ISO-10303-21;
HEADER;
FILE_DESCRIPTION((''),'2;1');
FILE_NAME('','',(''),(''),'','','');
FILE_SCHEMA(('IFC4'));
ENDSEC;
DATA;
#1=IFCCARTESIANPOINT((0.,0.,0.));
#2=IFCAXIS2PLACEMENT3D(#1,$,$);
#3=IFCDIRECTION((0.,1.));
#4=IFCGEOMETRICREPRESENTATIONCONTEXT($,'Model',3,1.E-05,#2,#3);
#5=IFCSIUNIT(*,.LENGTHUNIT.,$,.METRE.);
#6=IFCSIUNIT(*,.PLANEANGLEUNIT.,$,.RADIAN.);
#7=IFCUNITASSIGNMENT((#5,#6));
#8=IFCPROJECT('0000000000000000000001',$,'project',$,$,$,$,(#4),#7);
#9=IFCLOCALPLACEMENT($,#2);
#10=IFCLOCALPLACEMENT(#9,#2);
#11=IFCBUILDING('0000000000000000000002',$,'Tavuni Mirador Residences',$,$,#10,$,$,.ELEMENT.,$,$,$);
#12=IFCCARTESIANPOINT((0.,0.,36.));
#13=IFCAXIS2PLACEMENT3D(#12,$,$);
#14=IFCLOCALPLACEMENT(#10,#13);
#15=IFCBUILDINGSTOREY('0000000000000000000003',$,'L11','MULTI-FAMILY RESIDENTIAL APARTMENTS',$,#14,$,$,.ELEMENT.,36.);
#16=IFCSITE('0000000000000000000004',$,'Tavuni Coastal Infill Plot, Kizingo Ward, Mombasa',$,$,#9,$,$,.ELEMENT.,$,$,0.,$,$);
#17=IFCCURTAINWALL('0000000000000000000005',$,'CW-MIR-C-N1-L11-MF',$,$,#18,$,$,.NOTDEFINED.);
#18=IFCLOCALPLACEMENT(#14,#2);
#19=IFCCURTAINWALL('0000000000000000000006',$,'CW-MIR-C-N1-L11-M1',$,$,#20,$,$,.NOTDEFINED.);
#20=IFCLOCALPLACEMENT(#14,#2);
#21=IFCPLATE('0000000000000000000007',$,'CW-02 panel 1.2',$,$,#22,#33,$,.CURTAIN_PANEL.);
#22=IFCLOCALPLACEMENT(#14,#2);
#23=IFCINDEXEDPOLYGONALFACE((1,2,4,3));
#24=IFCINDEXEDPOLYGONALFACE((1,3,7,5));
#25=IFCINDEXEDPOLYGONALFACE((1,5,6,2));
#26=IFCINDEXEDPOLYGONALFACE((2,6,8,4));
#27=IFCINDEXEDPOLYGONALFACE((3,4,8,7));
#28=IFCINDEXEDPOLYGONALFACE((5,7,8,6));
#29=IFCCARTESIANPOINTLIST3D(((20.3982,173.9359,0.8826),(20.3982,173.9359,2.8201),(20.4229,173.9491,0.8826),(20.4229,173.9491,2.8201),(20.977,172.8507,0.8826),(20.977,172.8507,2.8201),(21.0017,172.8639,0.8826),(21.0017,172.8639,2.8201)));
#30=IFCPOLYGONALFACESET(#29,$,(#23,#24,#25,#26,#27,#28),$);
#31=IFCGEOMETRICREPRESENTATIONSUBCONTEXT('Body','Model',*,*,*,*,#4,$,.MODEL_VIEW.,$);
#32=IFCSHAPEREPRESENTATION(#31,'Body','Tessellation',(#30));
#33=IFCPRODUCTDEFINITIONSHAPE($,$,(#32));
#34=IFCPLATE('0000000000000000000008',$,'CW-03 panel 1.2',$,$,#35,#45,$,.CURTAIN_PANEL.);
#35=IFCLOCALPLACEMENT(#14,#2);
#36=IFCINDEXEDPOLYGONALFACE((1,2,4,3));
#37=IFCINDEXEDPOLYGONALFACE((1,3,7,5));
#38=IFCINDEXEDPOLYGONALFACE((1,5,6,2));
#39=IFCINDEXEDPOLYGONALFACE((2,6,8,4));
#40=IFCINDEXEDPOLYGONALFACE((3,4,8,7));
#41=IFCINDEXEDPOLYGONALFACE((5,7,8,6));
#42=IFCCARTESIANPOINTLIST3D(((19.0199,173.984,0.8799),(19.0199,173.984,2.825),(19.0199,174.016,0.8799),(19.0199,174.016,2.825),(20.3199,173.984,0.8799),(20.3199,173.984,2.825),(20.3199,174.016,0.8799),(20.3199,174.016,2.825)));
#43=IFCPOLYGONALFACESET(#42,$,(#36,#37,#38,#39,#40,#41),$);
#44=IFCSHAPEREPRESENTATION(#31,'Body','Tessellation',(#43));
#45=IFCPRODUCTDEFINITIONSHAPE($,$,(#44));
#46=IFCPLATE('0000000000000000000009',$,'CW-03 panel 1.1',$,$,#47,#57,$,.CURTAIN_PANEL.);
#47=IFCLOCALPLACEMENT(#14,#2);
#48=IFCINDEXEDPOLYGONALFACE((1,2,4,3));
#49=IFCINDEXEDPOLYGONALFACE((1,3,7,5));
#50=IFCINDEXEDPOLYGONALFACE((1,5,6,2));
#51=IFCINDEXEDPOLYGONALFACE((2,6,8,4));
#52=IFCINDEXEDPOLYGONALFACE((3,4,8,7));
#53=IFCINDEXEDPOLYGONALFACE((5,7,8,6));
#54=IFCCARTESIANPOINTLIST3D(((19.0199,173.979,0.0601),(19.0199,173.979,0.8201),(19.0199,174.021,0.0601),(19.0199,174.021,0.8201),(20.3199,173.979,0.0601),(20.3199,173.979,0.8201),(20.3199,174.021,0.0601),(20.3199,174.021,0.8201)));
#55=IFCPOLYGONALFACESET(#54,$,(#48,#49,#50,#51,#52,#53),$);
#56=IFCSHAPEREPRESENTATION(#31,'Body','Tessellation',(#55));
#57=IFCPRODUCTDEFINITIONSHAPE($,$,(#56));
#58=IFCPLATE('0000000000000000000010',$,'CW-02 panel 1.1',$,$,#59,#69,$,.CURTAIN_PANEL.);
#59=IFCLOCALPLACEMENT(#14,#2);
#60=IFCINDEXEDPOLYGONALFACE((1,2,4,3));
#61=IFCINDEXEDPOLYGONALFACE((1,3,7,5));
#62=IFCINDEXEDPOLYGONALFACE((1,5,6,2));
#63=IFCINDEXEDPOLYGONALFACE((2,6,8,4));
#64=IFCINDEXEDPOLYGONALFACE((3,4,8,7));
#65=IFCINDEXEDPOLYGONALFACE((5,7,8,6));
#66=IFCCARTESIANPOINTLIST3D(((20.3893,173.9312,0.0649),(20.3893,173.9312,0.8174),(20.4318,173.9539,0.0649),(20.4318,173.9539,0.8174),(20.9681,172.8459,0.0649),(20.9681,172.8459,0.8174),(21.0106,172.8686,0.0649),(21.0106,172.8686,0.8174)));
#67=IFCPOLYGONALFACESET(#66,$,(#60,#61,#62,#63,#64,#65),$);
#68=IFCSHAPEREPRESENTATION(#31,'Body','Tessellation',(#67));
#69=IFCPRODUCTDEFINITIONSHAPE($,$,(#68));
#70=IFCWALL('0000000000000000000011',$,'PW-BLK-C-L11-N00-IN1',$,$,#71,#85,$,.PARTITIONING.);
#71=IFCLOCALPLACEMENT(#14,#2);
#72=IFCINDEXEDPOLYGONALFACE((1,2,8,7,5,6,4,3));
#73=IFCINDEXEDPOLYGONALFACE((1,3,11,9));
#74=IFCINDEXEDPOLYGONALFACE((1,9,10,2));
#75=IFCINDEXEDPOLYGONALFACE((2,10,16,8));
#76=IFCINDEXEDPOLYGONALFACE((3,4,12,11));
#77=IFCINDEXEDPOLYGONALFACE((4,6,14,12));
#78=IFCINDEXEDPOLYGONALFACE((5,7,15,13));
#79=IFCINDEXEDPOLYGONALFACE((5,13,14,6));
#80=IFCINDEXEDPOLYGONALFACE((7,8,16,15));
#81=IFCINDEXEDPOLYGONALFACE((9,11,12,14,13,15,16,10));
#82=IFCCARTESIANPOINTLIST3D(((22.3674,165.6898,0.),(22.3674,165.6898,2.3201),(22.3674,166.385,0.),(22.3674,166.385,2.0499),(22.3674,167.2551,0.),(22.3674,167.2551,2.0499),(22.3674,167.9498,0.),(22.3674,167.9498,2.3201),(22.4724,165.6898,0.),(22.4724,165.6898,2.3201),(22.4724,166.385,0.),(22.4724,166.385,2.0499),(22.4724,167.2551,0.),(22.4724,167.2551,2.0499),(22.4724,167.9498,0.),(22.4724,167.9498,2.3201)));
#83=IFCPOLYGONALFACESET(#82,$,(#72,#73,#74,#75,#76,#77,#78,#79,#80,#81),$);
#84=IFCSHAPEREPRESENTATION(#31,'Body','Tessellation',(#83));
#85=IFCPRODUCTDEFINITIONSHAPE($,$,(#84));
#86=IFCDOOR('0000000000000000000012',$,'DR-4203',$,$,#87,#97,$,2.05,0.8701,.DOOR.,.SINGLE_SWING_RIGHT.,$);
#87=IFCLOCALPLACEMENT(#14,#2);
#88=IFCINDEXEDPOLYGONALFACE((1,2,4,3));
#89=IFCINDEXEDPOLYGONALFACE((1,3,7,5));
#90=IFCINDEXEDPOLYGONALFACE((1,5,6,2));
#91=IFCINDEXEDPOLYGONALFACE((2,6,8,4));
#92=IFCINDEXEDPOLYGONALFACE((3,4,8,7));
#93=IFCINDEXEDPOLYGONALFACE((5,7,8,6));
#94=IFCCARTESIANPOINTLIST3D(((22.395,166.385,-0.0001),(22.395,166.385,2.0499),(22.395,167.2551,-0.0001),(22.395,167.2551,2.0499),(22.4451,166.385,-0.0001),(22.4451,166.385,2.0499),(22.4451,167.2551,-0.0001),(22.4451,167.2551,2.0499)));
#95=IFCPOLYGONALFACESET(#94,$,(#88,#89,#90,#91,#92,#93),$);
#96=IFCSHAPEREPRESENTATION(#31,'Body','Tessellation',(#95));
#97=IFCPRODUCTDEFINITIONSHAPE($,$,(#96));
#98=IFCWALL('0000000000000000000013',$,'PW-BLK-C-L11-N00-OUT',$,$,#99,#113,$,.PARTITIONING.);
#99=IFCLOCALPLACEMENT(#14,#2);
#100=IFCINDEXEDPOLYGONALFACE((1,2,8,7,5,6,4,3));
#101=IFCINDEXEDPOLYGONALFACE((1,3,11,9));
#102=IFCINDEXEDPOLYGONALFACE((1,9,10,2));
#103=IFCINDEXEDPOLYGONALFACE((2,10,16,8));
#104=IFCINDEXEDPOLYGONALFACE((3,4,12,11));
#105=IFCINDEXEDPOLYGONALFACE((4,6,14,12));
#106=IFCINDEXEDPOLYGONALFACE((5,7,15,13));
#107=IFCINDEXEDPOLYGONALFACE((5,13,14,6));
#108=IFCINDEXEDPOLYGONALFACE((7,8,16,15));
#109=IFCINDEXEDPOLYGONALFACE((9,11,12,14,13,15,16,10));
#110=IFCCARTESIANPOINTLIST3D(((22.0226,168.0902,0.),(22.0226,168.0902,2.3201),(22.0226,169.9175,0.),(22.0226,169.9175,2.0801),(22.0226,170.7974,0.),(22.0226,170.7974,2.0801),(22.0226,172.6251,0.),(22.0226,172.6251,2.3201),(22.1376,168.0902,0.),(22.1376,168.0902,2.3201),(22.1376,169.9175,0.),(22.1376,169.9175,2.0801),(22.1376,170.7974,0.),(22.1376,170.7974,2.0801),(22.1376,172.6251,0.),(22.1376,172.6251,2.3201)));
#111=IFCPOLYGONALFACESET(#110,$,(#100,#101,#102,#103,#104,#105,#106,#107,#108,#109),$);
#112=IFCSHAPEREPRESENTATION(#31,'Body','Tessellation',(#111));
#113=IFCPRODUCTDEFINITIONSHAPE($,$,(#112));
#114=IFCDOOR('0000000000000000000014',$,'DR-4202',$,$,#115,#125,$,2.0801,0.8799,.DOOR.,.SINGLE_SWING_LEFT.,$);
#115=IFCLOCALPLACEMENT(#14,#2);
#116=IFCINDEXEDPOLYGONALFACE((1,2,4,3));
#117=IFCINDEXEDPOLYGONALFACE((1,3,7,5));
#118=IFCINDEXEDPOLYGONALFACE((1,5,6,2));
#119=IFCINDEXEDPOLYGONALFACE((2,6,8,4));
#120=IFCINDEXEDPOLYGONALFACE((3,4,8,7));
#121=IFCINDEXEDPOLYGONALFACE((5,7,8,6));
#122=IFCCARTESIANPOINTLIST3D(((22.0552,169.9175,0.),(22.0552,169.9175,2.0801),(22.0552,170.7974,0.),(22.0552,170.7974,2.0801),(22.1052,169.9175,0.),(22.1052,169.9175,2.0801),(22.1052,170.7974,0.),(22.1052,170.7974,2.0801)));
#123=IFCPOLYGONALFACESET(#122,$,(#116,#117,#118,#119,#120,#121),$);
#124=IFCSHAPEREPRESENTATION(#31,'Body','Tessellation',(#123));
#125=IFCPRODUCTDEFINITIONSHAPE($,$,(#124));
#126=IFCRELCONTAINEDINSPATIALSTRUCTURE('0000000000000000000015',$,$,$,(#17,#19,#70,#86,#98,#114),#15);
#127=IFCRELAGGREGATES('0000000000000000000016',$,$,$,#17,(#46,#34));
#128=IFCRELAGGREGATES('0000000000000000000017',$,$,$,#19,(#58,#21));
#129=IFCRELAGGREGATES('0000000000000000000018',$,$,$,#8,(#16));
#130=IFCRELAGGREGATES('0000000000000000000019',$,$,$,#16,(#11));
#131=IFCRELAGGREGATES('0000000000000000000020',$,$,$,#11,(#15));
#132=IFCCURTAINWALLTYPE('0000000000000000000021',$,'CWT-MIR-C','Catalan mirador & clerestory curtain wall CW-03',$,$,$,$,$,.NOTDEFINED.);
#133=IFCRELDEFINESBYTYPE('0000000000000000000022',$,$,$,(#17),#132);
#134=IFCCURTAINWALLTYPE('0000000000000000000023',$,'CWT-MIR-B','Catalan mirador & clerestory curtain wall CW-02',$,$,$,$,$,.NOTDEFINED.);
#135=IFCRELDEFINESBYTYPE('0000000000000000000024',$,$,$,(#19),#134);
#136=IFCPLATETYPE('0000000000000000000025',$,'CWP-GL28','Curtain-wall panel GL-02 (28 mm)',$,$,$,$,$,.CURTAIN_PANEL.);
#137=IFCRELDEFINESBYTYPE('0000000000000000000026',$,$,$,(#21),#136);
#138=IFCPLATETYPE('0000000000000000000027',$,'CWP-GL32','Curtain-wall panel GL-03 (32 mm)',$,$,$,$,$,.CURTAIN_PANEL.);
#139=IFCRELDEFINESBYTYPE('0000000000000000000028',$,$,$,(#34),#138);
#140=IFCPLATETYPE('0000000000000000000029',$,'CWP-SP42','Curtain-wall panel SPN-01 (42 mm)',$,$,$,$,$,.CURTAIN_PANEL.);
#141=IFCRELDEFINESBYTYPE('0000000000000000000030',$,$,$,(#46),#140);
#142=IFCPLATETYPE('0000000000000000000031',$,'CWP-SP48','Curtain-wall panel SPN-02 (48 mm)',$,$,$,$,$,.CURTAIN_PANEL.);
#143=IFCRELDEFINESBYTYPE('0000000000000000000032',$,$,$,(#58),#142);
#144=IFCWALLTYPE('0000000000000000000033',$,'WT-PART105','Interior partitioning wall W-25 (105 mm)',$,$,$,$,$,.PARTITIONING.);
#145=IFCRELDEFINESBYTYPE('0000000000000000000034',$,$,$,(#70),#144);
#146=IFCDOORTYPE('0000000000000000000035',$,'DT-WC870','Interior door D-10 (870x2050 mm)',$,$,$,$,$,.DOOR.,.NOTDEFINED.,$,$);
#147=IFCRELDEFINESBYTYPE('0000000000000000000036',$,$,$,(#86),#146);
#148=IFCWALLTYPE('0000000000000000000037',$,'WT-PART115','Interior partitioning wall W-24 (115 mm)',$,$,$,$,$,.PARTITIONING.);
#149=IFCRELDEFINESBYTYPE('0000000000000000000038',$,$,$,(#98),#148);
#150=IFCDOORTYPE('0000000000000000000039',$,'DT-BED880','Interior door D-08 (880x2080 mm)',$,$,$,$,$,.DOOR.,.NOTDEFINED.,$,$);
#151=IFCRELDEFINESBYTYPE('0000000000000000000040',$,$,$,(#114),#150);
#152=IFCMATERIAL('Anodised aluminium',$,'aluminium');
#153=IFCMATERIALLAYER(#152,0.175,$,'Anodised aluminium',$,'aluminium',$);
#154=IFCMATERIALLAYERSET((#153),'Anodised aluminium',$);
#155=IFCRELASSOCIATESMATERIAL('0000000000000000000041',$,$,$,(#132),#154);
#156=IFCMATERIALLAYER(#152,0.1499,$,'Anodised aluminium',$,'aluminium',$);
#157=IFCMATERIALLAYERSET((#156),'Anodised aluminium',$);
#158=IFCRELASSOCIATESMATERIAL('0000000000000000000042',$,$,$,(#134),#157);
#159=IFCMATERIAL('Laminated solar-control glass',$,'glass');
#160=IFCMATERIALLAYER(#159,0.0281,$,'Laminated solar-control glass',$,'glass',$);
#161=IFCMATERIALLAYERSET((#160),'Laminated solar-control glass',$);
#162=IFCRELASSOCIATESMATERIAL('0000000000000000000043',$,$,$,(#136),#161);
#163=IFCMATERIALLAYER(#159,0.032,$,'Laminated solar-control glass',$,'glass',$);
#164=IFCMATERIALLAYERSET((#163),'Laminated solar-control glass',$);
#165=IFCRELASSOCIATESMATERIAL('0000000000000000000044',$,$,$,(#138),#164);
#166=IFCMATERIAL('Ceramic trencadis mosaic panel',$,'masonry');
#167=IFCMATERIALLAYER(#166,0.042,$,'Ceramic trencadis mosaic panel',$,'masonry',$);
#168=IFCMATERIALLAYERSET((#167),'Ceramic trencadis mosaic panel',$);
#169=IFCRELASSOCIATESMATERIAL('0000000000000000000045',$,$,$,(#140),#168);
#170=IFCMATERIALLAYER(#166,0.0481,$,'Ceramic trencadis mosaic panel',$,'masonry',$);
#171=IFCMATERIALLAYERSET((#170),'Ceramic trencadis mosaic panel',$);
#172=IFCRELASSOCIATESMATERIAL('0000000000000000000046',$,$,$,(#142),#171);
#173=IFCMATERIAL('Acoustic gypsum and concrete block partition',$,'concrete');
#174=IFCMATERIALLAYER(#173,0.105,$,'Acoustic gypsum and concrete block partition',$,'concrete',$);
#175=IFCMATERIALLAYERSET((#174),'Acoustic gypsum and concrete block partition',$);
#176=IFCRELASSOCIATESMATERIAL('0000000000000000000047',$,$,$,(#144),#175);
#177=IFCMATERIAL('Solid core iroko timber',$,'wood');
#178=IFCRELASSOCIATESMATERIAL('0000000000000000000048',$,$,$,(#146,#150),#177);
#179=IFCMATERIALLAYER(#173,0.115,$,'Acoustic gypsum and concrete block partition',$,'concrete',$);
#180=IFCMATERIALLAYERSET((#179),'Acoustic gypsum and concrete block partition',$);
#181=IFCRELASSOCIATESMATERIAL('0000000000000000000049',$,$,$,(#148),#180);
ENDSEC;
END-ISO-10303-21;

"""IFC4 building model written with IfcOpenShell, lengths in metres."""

from ifc_helpers import new_model, si_unit, direction, frame, frame_2d, origin, origin_2d, place, context, subcontext, project, spatial, rectangle, extrude, material, layer, layer_set, type_object, element, fill, aggregate, save


model = new_model("IFC4")

# Units and contexts
model_context = context("Model", 3, precision=1e-05, world=origin(), true_north=direction((0.0, 1.0)))
body_context = subcontext(model_context, "Body", "Model", "MODEL_VIEW")
ifc_project = project(units=[si_unit("LENGTHUNIT", "METRE"), si_unit("PLANEANGLEUNIT", "RADIAN")], contexts=[model_context])

# Site, building, storey
site_placement = place(None, origin())
site = spatial("IfcSite", under=ifc_project, at=site_placement, Name="Tavuni Coastal Infill Plot, Kizingo Ward, Mombasa", CompositionType="ELEMENT", RefElevation=0.0)
building_placement = place(site_placement, origin())
building = spatial("IfcBuilding", under=site, at=building_placement, Name="Tavuni Mirador Residences", CompositionType="ELEMENT")
storey_placement = place(building_placement, frame((0.0, 0.0, 36.0)))
storey = spatial("IfcBuildingStorey", under=building, at=storey_placement, Name="L11", Description="MULTI-FAMILY RESIDENTIAL APARTMENTS", CompositionType="ELEMENT", Elevation=36.0)

# Curtain wall
ifc_material_1 = material(Name="Anodised aluminium", Category="aluminium")
ifc_layer_1 = layer(ifc_material_1, 0.175, Name="Anodised aluminium", Category="aluminium")
ifc_layer_set_1 = layer_set([ifc_layer_1], Name="Anodised aluminium")
curtain_wall_type_1 = type_object("IfcCurtainWallType", Name="CWT-MIR-C", Description="Catalan mirador & clerestory curtain wall CW-03", PredefinedType="NOTDEFINED", material=ifc_layer_set_1)
curtain_wall_1_placement = place(storey_placement, origin())
curtain_wall_1 = element("IfcCurtainWall", 1, at=curtain_wall_1_placement, inside=storey, type_object=curtain_wall_type_1, Name="CW-MIR-C-N1-L11-MF", PredefinedType="NOTDEFINED")

# Curtain wall
ifc_layer_2 = layer(ifc_material_1, 0.1499, Name="Anodised aluminium", Category="aluminium")
ifc_layer_set_2 = layer_set([ifc_layer_2], Name="Anodised aluminium")
curtain_wall_type_2 = type_object("IfcCurtainWallType", Name="CWT-MIR-B", Description="Catalan mirador & clerestory curtain wall CW-02", PredefinedType="NOTDEFINED", material=ifc_layer_set_2)
curtain_wall_2_placement = place(storey_placement, origin())
curtain_wall_2 = element("IfcCurtainWall", 2, at=curtain_wall_2_placement, inside=storey, type_object=curtain_wall_type_2, Name="CW-MIR-C-N1-L11-M1", PredefinedType="NOTDEFINED")

# Plates
ifc_material_2 = material(Name="Laminated solar-control glass", Category="glass")
ifc_layer_3 = layer(ifc_material_2, 0.0281, Name="Laminated solar-control glass", Category="glass")
ifc_layer_set_3 = layer_set([ifc_layer_3], Name="Laminated solar-control glass")
plate_type_1 = type_object("IfcPlateType", Name="CWP-GL28", Description="Curtain-wall panel GL-02 (28 mm)", PredefinedType="CURTAIN_PANEL", material=ifc_layer_set_3)
plate_1_placement = place(storey_placement, frame((20.7, 173.3999, 0.8826), z_axis=(0.0, 0.0, 1.0), x_axis=(-0.470588, 0.882353, 0.0)))
plate_1 = element("IfcPlate", 3, at=plate_1_placement, type_object=plate_type_1, Name="CW-02 panel 1.2", PredefinedType="CURTAIN_PANEL", context=body_context, shape_type="SweptSolid", body=[
    extrude(rectangle(XDim=1.23, YDim=0.0281, at=origin_2d()), origin(), (0.0, 0.0, 1.0), 1.9375),
])
ifc_layer_4 = layer(ifc_material_2, 0.032, Name="Laminated solar-control glass", Category="glass")
ifc_layer_set_4 = layer_set([ifc_layer_4], Name="Laminated solar-control glass")
plate_type_2 = type_object("IfcPlateType", Name="CWP-GL32", Description="Curtain-wall panel GL-03 (32 mm)", PredefinedType="CURTAIN_PANEL", material=ifc_layer_set_4)
plate_2_placement = place(storey_placement, frame((19.6699, 174.0, 0.8799), z_axis=(0.0, 0.0, 1.0), x_axis=(-1.0, 0.0, 0.0)))
plate_2 = element("IfcPlate", 4, at=plate_2_placement, type_object=plate_type_2, Name="CW-03 panel 1.2", PredefinedType="CURTAIN_PANEL", context=body_context, shape_type="SweptSolid", body=[
    extrude(rectangle(XDim=1.3, YDim=0.032, at=origin_2d()), origin(), (0.0, 0.0, 1.0), 1.9451),
])
ifc_material_3 = material(Name="Ceramic trencadis mosaic panel", Category="masonry")
ifc_layer_5 = layer(ifc_material_3, 0.042, Name="Ceramic trencadis mosaic panel", Category="masonry")
ifc_layer_set_5 = layer_set([ifc_layer_5], Name="Ceramic trencadis mosaic panel")
plate_type_3 = type_object("IfcPlateType", Name="CWP-SP42", Description="Curtain-wall panel SPN-01 (42 mm)", PredefinedType="CURTAIN_PANEL", material=ifc_layer_set_5)
plate_3_placement = place(storey_placement, frame((19.6699, 174.0, 0.0601), z_axis=(0.0, 0.0, 1.0), x_axis=(-1.0, 0.0, 0.0)))
plate_3 = element("IfcPlate", 5, at=plate_3_placement, type_object=plate_type_3, Name="CW-03 panel 1.1", PredefinedType="CURTAIN_PANEL", context=body_context, shape_type="SweptSolid", body=[
    extrude(rectangle(XDim=1.3, YDim=0.042, at=origin_2d()), origin(), (0.0, 0.0, 1.0), 0.76),
])
aggregate(curtain_wall_1, [plate_3, plate_2])
ifc_layer_6 = layer(ifc_material_3, 0.0481, Name="Ceramic trencadis mosaic panel", Category="masonry")
ifc_layer_set_6 = layer_set([ifc_layer_6], Name="Ceramic trencadis mosaic panel")
plate_type_4 = type_object("IfcPlateType", Name="CWP-SP48", Description="Curtain-wall panel SPN-02 (48 mm)", PredefinedType="CURTAIN_PANEL", material=ifc_layer_set_6)
plate_4_placement = place(storey_placement, frame((20.7, 173.3999, 0.0649), z_axis=(0.0, 0.0, 1.0), x_axis=(-0.470588, 0.882353, 0.0)))
plate_4 = element("IfcPlate", 6, at=plate_4_placement, type_object=plate_type_4, Name="CW-02 panel 1.1", PredefinedType="CURTAIN_PANEL", context=body_context, shape_type="SweptSolid", body=[
    extrude(rectangle(XDim=1.23, YDim=0.0481, at=origin_2d()), origin(), (0.0, 0.0, 1.0), 0.7524),
])
aggregate(curtain_wall_2, [plate_4, plate_1])

# Walls, openings, doors
ifc_material_4 = material(Name="Acoustic gypsum and concrete block partition", Category="concrete")
ifc_layer_7 = layer(ifc_material_4, 0.105, Name="Acoustic gypsum and concrete block partition", Category="concrete")
ifc_layer_set_7 = layer_set([ifc_layer_7], Name="Acoustic gypsum and concrete block partition")
wall_type_1 = type_object("IfcWallType", Name="WT-PART105", Description="Interior partitioning wall W-25 (105 mm)", PredefinedType="PARTITIONING", material=ifc_layer_set_7)
wall_1_placement = place(storey_placement, frame((22.4199, 165.6899, 0.0), z_axis=(0.0, 0.0, 1.0), x_axis=(0.0, 1.0, 0.0)))
wall_1 = element("IfcWall", 7, at=wall_1_placement, inside=storey, type_object=wall_type_1, Name="PW-BLK-C-L11-N00-IN1", PredefinedType="PARTITIONING", context=body_context, shape_type="SweptSolid", body=[
    extrude(rectangle(XDim=2.26, YDim=0.105, at=frame_2d((1.1299, 0.0))), origin(), (0.0, 0.0, 1.0), 2.3201),
])
opening_1_placement = place(wall_1_placement, frame((0.6951, 0.0, 0.0)))
opening_1 = element("IfcOpeningElement", 8, at=opening_1_placement, cuts=wall_1, PredefinedType="OPENING", context=body_context, shape_type="SweptSolid", body=[
    extrude(rectangle(XDim=0.8701, YDim=2.05, at=frame_2d((0.4351, 1.0249))), frame((0.0, 0.0625, 0.0), z_axis=(0.0, -1.0, 0.0), x_axis=(1.0, 0.0, 0.0)), (0.0, 0.0, 1.0), 0.125),
])
ifc_material_5 = material(Name="Solid core iroko timber", Category="wood")
door_type_1 = type_object("IfcDoorType", Name="DT-WC870", Description="Interior door D-10 (870x2050 mm)", OperationType="NOTDEFINED", PredefinedType="DOOR", material=ifc_material_5)
door_1_placement = place(opening_1_placement, origin())
door_1 = element("IfcDoor", 9, at=door_1_placement, inside=storey, type_object=door_type_1, Name="DR-4203", OperationType="SINGLE_SWING_RIGHT", OverallHeight=2.05, OverallWidth=0.8701, PredefinedType="DOOR", context=body_context, shape_type="SweptSolid", body=[
    extrude(rectangle(XDim=0.8701, YDim=2.05, at=frame_2d((0.4351, 1.0249))), frame((0.0, 0.0249, 0.0), z_axis=(0.0, -1.0, 0.0), x_axis=(1.0, 0.0, 0.0)), (0.0, 0.0, 1.0), 0.05),
])
fill(opening_1, door_1)
ifc_layer_8 = layer(ifc_material_4, 0.115, Name="Acoustic gypsum and concrete block partition", Category="concrete")
ifc_layer_set_8 = layer_set([ifc_layer_8], Name="Acoustic gypsum and concrete block partition")
wall_type_2 = type_object("IfcWallType", Name="WT-PART115", Description="Interior partitioning wall W-24 (115 mm)", PredefinedType="PARTITIONING", material=ifc_layer_set_8)
wall_2_placement = place(storey_placement, frame((22.0801, 168.0901, 0.0), z_axis=(0.0, 0.0, 1.0), x_axis=(0.0, 1.0, 0.0)))
wall_2 = element("IfcWall", 10, at=wall_2_placement, inside=storey, type_object=wall_type_2, Name="PW-BLK-C-L11-N00-OUT", PredefinedType="PARTITIONING", context=body_context, shape_type="SweptSolid", body=[
    extrude(rectangle(XDim=4.5349, YDim=0.115, at=frame_2d((2.2676, 0.0))), origin(), (0.0, 0.0, 1.0), 2.3201),
])
opening_2_placement = place(wall_2_placement, frame((1.8274, 0.0, 0.0)))
opening_2 = element("IfcOpeningElement", 11, at=opening_2_placement, cuts=wall_2, PredefinedType="OPENING", context=body_context, shape_type="SweptSolid", body=[
    extrude(rectangle(XDim=0.8799, YDim=2.0801, at=frame_2d((0.4399, 1.04))), frame((0.0, 0.0674, 0.0), z_axis=(0.0, -1.0, 0.0), x_axis=(1.0, 0.0, 0.0)), (0.0, 0.0, 1.0), 0.135),
])
door_type_2 = type_object("IfcDoorType", Name="DT-BED880", Description="Interior door D-08 (880x2080 mm)", OperationType="NOTDEFINED", PredefinedType="DOOR", material=ifc_material_5)
door_2_placement = place(opening_2_placement, origin())
door_2 = element("IfcDoor", 12, at=door_2_placement, inside=storey, type_object=door_type_2, Name="DR-4202", OperationType="SINGLE_SWING_LEFT", OverallHeight=2.0801, OverallWidth=0.8799, PredefinedType="DOOR", context=body_context, shape_type="SweptSolid", body=[
    extrude(rectangle(XDim=0.8799, YDim=2.0801, at=frame_2d((0.4399, 1.04))), frame((0.0, 0.0249, 0.0), z_axis=(0.0, -1.0, 0.0), x_axis=(1.0, 0.0, 0.0)), (0.0, 0.0, 1.0), 0.05),
])
fill(opening_2, door_2)

save(model, "model.ifc")
